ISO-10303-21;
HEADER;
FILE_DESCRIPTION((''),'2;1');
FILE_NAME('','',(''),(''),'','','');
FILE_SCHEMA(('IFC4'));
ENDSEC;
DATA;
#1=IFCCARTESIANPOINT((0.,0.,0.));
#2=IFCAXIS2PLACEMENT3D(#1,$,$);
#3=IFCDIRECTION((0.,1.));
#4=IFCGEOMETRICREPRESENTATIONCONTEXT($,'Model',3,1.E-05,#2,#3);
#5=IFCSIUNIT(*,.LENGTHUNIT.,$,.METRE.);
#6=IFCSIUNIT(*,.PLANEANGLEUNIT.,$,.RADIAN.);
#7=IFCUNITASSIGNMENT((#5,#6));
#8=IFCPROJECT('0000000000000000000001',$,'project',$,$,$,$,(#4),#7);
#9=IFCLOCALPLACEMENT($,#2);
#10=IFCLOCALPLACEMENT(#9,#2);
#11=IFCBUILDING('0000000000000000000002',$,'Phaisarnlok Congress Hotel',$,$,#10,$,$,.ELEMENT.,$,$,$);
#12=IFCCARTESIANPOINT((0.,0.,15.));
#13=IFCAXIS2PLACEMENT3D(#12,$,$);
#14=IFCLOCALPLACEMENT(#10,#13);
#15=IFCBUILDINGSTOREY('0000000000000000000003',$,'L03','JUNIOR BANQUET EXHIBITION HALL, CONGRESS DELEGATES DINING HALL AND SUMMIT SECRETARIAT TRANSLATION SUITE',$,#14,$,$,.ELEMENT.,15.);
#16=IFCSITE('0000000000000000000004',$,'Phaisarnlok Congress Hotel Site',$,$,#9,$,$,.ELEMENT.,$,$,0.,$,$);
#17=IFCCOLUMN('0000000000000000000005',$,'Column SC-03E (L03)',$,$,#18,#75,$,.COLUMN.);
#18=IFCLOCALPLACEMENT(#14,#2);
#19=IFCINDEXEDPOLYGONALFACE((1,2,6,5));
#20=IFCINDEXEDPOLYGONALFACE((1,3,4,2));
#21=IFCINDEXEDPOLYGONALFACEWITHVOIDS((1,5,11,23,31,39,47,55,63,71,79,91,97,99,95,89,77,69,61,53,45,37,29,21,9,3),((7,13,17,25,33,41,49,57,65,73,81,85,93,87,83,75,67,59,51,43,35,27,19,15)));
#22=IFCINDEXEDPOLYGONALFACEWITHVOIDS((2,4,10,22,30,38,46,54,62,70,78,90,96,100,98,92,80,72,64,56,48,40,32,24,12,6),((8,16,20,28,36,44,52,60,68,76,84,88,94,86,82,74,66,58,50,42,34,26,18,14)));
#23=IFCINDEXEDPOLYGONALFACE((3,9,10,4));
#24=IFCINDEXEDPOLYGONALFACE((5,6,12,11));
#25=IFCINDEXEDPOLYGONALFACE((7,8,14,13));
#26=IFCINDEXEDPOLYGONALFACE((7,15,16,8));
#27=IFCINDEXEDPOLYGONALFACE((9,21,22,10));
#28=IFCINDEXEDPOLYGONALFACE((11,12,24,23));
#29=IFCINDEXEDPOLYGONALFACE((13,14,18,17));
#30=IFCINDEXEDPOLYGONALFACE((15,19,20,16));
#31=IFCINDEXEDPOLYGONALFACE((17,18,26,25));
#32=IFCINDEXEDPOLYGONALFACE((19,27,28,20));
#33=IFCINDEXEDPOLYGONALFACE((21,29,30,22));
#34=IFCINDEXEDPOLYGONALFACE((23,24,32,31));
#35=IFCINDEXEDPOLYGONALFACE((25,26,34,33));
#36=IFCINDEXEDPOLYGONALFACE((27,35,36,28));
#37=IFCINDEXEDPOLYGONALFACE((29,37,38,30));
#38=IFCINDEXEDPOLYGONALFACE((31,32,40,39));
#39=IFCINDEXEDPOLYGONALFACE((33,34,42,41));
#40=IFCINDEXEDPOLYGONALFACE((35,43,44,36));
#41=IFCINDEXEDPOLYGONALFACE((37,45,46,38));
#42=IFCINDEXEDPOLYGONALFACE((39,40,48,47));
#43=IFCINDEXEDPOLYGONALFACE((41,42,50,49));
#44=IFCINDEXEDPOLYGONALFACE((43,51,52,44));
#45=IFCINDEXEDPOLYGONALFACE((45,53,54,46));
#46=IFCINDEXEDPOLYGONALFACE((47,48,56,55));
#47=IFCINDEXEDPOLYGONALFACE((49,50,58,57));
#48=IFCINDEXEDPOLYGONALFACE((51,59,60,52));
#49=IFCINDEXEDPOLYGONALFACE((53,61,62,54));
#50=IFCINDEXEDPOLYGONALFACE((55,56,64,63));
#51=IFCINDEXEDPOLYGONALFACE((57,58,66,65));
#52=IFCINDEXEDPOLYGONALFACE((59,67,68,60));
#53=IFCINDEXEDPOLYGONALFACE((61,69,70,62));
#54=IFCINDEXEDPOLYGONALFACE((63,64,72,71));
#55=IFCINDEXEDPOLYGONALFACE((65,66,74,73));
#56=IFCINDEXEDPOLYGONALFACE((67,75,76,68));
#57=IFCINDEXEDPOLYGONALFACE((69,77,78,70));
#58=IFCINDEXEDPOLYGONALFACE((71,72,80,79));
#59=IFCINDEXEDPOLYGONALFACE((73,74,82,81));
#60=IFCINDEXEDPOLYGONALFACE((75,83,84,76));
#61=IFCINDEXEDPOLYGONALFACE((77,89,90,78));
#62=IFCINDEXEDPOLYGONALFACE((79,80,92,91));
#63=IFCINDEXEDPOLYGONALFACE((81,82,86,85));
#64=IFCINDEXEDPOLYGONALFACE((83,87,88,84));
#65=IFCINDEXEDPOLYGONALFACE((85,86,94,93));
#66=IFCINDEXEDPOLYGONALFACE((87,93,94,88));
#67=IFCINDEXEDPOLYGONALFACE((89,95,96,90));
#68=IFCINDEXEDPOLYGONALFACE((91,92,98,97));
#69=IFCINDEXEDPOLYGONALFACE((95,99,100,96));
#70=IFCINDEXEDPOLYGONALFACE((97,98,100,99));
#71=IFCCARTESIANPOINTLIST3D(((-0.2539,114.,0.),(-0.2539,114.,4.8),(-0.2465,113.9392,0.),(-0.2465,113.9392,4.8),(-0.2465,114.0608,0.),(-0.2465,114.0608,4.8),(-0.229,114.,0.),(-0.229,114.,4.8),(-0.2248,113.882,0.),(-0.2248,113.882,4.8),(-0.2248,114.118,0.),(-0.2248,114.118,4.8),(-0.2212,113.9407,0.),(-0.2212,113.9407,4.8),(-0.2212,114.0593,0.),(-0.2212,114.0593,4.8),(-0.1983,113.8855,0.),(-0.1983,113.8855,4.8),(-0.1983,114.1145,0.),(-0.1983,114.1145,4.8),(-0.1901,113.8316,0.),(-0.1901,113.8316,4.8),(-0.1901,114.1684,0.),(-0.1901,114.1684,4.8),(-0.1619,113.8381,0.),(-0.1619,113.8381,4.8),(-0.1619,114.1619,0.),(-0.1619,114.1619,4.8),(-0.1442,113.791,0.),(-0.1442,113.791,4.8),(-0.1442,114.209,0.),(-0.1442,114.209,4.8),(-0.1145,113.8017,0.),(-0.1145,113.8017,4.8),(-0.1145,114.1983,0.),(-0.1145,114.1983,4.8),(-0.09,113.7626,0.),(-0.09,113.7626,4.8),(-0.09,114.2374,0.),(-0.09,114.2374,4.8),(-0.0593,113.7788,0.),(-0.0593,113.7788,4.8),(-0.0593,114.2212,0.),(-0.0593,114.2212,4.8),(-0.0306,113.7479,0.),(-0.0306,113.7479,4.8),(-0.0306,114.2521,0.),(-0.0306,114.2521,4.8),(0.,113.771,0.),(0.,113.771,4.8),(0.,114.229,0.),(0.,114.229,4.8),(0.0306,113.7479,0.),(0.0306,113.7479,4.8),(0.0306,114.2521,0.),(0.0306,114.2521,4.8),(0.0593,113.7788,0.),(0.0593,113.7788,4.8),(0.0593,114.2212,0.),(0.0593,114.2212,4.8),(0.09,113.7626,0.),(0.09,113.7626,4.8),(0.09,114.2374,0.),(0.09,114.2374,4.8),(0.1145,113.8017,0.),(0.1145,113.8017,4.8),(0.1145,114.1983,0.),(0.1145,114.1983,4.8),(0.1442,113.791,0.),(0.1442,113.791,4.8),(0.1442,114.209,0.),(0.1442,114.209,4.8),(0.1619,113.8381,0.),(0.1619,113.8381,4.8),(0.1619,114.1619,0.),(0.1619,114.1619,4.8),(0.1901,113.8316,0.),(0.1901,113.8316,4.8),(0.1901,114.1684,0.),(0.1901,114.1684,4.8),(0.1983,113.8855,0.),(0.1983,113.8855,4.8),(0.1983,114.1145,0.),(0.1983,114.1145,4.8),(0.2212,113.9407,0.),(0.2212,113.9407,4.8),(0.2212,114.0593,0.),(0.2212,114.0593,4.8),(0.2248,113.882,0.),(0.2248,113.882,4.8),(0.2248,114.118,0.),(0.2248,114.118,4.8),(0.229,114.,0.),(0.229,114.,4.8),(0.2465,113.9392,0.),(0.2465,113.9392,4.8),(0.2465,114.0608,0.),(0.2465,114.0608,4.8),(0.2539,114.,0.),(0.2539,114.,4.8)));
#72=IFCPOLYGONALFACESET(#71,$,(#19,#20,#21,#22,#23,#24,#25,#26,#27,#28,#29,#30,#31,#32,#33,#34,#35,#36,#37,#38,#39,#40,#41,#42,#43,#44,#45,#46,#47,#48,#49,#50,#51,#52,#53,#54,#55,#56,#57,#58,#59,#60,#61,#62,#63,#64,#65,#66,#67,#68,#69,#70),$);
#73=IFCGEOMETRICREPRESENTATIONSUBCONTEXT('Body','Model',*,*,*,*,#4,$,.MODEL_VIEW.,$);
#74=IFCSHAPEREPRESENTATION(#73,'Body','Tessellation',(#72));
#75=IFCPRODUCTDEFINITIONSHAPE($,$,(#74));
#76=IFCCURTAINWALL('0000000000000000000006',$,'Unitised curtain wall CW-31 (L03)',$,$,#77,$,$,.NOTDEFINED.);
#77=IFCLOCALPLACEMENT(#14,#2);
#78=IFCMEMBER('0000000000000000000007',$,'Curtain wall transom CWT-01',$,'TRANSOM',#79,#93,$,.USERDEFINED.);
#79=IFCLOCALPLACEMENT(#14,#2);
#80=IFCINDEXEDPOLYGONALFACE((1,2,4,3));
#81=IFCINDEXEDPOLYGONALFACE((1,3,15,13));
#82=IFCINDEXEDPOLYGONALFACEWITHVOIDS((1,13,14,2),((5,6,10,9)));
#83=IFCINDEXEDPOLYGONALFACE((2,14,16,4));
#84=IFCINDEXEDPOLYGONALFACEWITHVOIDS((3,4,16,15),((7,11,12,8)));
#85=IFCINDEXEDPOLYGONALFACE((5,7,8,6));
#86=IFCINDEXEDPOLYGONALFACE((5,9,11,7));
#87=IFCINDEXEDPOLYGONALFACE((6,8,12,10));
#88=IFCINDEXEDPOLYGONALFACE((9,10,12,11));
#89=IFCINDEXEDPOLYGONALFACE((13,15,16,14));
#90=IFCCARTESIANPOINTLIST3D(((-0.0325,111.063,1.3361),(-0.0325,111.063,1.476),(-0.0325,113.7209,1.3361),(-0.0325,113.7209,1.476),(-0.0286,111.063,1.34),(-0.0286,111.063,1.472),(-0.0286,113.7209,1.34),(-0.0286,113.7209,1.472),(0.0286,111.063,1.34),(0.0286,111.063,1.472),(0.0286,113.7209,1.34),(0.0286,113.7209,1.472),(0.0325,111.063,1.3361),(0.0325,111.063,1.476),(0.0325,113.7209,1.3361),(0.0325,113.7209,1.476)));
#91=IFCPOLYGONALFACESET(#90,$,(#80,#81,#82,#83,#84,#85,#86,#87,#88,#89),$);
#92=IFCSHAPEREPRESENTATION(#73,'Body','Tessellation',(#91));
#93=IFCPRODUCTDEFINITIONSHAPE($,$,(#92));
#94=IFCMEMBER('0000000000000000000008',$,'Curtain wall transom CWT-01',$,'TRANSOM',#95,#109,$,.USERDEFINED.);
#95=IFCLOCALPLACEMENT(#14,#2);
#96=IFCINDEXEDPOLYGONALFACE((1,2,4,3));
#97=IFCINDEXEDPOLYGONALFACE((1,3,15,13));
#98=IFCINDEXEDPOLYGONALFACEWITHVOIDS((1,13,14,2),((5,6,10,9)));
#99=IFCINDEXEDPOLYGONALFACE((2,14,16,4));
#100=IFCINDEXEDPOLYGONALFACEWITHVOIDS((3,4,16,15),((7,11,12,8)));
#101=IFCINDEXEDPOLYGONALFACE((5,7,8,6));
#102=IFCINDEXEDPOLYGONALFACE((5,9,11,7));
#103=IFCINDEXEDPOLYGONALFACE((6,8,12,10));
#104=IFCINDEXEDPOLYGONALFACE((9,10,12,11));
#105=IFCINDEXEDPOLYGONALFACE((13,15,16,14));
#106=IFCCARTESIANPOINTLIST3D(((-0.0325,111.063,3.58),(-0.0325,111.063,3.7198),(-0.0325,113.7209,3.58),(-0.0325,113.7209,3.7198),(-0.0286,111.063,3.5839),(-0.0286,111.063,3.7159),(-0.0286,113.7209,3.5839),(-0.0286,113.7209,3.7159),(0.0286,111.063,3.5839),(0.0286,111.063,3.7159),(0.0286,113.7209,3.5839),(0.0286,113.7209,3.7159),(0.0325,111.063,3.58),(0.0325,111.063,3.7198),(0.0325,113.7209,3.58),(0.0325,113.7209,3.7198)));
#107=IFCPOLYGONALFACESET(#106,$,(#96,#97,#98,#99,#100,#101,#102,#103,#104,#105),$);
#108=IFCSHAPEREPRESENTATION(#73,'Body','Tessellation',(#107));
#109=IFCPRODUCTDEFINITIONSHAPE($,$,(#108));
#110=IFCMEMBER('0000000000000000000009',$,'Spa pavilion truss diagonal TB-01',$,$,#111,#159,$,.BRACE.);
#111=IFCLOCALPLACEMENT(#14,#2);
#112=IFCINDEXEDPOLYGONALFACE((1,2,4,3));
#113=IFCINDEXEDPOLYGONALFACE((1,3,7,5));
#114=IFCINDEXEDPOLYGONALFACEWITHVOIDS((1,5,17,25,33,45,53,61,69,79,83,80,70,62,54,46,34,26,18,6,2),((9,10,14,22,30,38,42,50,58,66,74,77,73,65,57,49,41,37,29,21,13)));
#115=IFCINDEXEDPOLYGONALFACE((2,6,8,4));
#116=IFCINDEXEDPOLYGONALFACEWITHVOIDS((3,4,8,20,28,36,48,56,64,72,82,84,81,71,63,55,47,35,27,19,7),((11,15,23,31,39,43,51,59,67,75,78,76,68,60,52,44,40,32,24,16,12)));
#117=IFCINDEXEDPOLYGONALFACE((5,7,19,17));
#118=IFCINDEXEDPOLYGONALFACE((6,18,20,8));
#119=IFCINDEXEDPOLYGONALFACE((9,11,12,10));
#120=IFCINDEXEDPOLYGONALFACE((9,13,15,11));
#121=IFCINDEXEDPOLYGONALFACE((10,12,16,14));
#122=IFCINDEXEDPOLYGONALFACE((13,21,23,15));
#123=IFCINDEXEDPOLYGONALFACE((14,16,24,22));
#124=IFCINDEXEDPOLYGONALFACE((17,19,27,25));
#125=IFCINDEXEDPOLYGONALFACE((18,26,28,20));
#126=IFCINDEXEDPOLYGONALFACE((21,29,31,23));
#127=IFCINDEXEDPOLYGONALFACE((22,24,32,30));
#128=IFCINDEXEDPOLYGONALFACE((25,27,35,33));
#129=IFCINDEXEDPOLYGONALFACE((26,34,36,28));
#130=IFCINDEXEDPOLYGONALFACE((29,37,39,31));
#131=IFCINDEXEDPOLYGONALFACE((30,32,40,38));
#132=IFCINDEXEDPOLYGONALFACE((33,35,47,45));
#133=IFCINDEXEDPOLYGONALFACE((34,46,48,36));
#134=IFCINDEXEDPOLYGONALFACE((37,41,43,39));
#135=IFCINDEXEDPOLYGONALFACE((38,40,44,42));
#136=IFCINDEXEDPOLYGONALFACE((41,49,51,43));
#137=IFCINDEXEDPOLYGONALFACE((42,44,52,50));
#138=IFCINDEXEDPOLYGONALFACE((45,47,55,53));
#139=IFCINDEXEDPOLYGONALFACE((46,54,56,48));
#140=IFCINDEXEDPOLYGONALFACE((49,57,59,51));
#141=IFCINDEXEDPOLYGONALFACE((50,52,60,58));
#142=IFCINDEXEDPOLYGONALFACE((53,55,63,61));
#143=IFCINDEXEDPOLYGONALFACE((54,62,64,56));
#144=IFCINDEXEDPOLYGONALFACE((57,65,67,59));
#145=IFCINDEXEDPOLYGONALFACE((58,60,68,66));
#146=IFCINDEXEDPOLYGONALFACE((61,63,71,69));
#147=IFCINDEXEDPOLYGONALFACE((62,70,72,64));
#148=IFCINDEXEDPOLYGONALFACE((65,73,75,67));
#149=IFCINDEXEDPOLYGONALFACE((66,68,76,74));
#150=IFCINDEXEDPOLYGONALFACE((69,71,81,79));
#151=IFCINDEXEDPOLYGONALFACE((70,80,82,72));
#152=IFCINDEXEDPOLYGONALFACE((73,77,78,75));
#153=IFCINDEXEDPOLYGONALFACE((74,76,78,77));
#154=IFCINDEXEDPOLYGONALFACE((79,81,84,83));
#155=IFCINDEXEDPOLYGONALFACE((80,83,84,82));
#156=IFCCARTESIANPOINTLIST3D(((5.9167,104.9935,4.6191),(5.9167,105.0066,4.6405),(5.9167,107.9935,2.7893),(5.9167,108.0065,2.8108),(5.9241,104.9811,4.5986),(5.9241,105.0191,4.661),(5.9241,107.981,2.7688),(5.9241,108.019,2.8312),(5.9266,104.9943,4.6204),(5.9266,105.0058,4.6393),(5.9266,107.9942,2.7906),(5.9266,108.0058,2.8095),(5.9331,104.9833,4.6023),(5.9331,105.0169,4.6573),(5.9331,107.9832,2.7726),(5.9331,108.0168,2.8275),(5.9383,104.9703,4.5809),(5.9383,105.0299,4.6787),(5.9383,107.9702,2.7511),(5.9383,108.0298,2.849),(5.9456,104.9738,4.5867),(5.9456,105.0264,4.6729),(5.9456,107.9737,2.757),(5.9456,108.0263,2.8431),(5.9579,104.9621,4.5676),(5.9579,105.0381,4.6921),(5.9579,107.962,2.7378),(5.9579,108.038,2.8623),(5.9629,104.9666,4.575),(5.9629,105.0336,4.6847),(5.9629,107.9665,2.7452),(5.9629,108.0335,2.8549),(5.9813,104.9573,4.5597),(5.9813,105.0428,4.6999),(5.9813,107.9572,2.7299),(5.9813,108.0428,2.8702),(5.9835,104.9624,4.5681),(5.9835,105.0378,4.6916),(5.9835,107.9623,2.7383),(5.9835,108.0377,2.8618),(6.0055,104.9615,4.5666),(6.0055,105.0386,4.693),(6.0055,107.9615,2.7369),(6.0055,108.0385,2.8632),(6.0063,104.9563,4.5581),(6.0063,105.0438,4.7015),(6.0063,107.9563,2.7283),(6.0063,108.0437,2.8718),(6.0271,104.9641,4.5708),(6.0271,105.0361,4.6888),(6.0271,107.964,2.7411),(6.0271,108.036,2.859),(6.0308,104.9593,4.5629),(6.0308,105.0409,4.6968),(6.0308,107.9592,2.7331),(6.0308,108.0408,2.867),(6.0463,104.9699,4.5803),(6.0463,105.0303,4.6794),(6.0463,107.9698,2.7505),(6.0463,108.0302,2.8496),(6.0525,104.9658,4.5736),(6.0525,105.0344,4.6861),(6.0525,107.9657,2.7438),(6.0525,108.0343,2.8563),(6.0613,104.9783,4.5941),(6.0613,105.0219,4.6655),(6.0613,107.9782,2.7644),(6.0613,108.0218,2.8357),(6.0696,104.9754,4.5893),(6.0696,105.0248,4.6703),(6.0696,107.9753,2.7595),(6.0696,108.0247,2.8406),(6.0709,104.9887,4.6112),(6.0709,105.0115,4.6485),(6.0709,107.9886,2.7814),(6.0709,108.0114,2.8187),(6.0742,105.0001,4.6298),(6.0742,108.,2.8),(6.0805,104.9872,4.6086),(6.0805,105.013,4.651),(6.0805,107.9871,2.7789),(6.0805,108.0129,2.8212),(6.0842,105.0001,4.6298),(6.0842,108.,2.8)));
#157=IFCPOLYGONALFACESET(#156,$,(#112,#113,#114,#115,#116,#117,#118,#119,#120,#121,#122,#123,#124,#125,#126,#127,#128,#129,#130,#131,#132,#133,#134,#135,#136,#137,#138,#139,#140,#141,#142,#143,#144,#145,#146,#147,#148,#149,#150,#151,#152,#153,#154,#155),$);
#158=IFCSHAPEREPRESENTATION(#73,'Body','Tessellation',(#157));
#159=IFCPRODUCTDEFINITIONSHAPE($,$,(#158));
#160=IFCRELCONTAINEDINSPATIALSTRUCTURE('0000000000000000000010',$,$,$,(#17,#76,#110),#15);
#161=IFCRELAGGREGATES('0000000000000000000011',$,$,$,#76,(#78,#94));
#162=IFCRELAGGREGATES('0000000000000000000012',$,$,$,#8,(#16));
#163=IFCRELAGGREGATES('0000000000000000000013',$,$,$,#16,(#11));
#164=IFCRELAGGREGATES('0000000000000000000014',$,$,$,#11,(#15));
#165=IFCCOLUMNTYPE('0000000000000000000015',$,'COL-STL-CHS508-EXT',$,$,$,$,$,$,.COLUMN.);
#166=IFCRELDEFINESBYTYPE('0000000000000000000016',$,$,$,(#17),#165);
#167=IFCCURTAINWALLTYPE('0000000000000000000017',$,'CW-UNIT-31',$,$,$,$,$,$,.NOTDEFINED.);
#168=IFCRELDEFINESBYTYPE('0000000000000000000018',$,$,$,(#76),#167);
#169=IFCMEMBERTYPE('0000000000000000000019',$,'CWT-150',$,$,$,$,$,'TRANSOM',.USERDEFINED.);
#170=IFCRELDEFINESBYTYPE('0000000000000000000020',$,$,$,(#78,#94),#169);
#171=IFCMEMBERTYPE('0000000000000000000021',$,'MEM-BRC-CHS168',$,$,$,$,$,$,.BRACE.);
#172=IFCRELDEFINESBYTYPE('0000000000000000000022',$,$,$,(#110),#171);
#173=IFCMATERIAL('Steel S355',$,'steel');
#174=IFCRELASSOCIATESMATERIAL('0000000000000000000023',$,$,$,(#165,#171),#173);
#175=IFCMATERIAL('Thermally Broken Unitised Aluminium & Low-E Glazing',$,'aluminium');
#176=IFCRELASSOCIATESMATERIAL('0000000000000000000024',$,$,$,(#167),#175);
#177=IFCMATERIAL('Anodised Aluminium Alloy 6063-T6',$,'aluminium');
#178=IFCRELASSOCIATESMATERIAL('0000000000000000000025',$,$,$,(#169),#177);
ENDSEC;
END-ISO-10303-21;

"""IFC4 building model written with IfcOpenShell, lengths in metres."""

from ifc_helpers import new_model, si_unit, direction, frame, origin, origin_2d, place, context, subcontext, project, spatial, hollow_rectangle, hollow_circle, extrude, material, material_profile, profile_set, type_object, element, aggregate, save


model = new_model("IFC4")

# Units and contexts
model_context = context("Model", 3, precision=1e-05, world=origin(), true_north=direction((0.0, 1.0)))
body_context = subcontext(model_context, "Body", "Model", "MODEL_VIEW")
ifc_project = project(units=[si_unit("LENGTHUNIT", "METRE"), si_unit("PLANEANGLEUNIT", "RADIAN")], contexts=[model_context])

# Site, building, storey
site_placement = place(None, origin())
site = spatial("IfcSite", under=ifc_project, at=site_placement, Name="Phaisarnlok Congress Hotel Site", CompositionType="ELEMENT", RefElevation=0.0)
building_placement = place(site_placement, origin())
building = spatial("IfcBuilding", under=site, at=building_placement, Name="Phaisarnlok Congress Hotel", CompositionType="ELEMENT")
storey_placement = place(building_placement, frame((0.0, 0.0, 15.0)))
storey = spatial("IfcBuildingStorey", under=building, at=storey_placement, Name="L03", Description="JUNIOR BANQUET EXHIBITION HALL, CONGRESS DELEGATES DINING HALL AND SUMMIT SECRETARIAT TRANSLATION SUITE", CompositionType="ELEMENT", Elevation=15.0)

# Column
ifc_material_1 = material(Name="Steel S355", Category="steel")
ifc_material_profile_1 = material_profile(ifc_material_1, hollow_circle(Radius=0.2539, WallThickness=0.0249, at=origin_2d()), Name="CHS 508x25")
ifc_profile_set_1 = profile_set([ifc_material_profile_1], Name="Steel S355")
column_type = type_object("IfcColumnType", Name="COL-STL-CHS508-EXT", PredefinedType="COLUMN", material=ifc_profile_set_1)
column_placement = place(storey_placement, frame((0.0, 114.0, 0.0), z_axis=(0.0, 0.0, 1.0), x_axis=(1.0, 0.0, 0.0)))
element("IfcColumn", 1, at=column_placement, inside=storey, type_object=column_type, Name="Column SC-03E (L03)", PredefinedType="COLUMN", context=body_context, shape_type="SweptSolid", body=[
    extrude(hollow_circle(Radius=0.2539, WallThickness=0.0249, at=origin_2d()), origin(), (0.0, 0.0, 1.0), 4.8),
])

# Curtain wall, members
ifc_material_2 = material(Name="Thermally Broken Unitised Aluminium & Low-E Glazing", Category="aluminium")
curtain_wall_type = type_object("IfcCurtainWallType", Name="CW-UNIT-31", PredefinedType="NOTDEFINED", material=ifc_material_2)
curtain_wall_placement = place(storey_placement, origin())
curtain_wall = element("IfcCurtainWall", 2, at=curtain_wall_placement, inside=storey, type_object=curtain_wall_type, Name="Unitised curtain wall CW-31 (L03)", PredefinedType="NOTDEFINED")
ifc_material_3 = material(Name="Anodised Aluminium Alloy 6063-T6", Category="aluminium")
ifc_material_profile_2 = material_profile(ifc_material_3, hollow_rectangle(XDim=0.0649, YDim=0.1399, WallThickness=0.0039, at=origin_2d()), Name="ALU-T 65x140x4")
ifc_profile_set_2 = profile_set([ifc_material_profile_2], Name="Anodised Aluminium Alloy 6063-T6")
member_type_1 = type_object("IfcMemberType", Name="CWT-150", ElementType="TRANSOM", PredefinedType="USERDEFINED", material=ifc_profile_set_2)
member_1_placement = place(storey_placement, frame((0.0, 113.7209, 1.406), z_axis=(0.0, -1.0, 0.0), x_axis=(1.0, 0.0, 0.0)))
member_1 = element("IfcMember", 3, at=member_1_placement, type_object=member_type_1, Name="Curtain wall transom CWT-01", ObjectType="TRANSOM", PredefinedType="USERDEFINED", context=body_context, shape_type="SweptSolid", body=[
    extrude(hollow_rectangle(XDim=0.0649, YDim=0.1399, WallThickness=0.0039, at=origin_2d()), origin(), (0.0, 0.0, 1.0), 2.658),
])
member_2_placement = place(storey_placement, frame((0.0, 113.7209, 3.6499), z_axis=(0.0, -1.0, 0.0), x_axis=(1.0, 0.0, 0.0)))
member_2 = element("IfcMember", 4, at=member_2_placement, type_object=member_type_1, Name="Curtain wall transom CWT-01", ObjectType="TRANSOM", PredefinedType="USERDEFINED", context=body_context, shape_type="SweptSolid", body=[
    extrude(hollow_rectangle(XDim=0.0649, YDim=0.1399, WallThickness=0.0039, at=origin_2d()), origin(), (0.0, 0.0, 1.0), 2.658),
])

# Member
ifc_material_profile_3 = material_profile(ifc_material_1, hollow_circle(Radius=0.0842, WallThickness=0.01, at=origin_2d()), Name="CHS 168.3x10")
ifc_profile_set_3 = profile_set([ifc_material_profile_3], Name="Steel S355")
member_type_2 = type_object("IfcMemberType", Name="MEM-BRC-CHS168", PredefinedType="BRACE", material=ifc_profile_set_3)
member_3_placement = place(storey_placement, frame((6.0, 108.0, 2.8), z_axis=(0.0, -0.853725, 0.520725), x_axis=(1.0, 0.0, 0.0)))
element("IfcMember", 5, at=member_3_placement, inside=storey, type_object=member_type_2, Name="Spa pavilion truss diagonal TB-01", PredefinedType="BRACE", context=body_context, shape_type="SweptSolid", body=[
    extrude(hollow_circle(Radius=0.0842, WallThickness=0.01, at=origin_2d()), origin(), (0.0, 0.0, 1.0), 3.5139),
])

aggregate(curtain_wall, [member_1, member_2])

save(model, "model.ifc")
